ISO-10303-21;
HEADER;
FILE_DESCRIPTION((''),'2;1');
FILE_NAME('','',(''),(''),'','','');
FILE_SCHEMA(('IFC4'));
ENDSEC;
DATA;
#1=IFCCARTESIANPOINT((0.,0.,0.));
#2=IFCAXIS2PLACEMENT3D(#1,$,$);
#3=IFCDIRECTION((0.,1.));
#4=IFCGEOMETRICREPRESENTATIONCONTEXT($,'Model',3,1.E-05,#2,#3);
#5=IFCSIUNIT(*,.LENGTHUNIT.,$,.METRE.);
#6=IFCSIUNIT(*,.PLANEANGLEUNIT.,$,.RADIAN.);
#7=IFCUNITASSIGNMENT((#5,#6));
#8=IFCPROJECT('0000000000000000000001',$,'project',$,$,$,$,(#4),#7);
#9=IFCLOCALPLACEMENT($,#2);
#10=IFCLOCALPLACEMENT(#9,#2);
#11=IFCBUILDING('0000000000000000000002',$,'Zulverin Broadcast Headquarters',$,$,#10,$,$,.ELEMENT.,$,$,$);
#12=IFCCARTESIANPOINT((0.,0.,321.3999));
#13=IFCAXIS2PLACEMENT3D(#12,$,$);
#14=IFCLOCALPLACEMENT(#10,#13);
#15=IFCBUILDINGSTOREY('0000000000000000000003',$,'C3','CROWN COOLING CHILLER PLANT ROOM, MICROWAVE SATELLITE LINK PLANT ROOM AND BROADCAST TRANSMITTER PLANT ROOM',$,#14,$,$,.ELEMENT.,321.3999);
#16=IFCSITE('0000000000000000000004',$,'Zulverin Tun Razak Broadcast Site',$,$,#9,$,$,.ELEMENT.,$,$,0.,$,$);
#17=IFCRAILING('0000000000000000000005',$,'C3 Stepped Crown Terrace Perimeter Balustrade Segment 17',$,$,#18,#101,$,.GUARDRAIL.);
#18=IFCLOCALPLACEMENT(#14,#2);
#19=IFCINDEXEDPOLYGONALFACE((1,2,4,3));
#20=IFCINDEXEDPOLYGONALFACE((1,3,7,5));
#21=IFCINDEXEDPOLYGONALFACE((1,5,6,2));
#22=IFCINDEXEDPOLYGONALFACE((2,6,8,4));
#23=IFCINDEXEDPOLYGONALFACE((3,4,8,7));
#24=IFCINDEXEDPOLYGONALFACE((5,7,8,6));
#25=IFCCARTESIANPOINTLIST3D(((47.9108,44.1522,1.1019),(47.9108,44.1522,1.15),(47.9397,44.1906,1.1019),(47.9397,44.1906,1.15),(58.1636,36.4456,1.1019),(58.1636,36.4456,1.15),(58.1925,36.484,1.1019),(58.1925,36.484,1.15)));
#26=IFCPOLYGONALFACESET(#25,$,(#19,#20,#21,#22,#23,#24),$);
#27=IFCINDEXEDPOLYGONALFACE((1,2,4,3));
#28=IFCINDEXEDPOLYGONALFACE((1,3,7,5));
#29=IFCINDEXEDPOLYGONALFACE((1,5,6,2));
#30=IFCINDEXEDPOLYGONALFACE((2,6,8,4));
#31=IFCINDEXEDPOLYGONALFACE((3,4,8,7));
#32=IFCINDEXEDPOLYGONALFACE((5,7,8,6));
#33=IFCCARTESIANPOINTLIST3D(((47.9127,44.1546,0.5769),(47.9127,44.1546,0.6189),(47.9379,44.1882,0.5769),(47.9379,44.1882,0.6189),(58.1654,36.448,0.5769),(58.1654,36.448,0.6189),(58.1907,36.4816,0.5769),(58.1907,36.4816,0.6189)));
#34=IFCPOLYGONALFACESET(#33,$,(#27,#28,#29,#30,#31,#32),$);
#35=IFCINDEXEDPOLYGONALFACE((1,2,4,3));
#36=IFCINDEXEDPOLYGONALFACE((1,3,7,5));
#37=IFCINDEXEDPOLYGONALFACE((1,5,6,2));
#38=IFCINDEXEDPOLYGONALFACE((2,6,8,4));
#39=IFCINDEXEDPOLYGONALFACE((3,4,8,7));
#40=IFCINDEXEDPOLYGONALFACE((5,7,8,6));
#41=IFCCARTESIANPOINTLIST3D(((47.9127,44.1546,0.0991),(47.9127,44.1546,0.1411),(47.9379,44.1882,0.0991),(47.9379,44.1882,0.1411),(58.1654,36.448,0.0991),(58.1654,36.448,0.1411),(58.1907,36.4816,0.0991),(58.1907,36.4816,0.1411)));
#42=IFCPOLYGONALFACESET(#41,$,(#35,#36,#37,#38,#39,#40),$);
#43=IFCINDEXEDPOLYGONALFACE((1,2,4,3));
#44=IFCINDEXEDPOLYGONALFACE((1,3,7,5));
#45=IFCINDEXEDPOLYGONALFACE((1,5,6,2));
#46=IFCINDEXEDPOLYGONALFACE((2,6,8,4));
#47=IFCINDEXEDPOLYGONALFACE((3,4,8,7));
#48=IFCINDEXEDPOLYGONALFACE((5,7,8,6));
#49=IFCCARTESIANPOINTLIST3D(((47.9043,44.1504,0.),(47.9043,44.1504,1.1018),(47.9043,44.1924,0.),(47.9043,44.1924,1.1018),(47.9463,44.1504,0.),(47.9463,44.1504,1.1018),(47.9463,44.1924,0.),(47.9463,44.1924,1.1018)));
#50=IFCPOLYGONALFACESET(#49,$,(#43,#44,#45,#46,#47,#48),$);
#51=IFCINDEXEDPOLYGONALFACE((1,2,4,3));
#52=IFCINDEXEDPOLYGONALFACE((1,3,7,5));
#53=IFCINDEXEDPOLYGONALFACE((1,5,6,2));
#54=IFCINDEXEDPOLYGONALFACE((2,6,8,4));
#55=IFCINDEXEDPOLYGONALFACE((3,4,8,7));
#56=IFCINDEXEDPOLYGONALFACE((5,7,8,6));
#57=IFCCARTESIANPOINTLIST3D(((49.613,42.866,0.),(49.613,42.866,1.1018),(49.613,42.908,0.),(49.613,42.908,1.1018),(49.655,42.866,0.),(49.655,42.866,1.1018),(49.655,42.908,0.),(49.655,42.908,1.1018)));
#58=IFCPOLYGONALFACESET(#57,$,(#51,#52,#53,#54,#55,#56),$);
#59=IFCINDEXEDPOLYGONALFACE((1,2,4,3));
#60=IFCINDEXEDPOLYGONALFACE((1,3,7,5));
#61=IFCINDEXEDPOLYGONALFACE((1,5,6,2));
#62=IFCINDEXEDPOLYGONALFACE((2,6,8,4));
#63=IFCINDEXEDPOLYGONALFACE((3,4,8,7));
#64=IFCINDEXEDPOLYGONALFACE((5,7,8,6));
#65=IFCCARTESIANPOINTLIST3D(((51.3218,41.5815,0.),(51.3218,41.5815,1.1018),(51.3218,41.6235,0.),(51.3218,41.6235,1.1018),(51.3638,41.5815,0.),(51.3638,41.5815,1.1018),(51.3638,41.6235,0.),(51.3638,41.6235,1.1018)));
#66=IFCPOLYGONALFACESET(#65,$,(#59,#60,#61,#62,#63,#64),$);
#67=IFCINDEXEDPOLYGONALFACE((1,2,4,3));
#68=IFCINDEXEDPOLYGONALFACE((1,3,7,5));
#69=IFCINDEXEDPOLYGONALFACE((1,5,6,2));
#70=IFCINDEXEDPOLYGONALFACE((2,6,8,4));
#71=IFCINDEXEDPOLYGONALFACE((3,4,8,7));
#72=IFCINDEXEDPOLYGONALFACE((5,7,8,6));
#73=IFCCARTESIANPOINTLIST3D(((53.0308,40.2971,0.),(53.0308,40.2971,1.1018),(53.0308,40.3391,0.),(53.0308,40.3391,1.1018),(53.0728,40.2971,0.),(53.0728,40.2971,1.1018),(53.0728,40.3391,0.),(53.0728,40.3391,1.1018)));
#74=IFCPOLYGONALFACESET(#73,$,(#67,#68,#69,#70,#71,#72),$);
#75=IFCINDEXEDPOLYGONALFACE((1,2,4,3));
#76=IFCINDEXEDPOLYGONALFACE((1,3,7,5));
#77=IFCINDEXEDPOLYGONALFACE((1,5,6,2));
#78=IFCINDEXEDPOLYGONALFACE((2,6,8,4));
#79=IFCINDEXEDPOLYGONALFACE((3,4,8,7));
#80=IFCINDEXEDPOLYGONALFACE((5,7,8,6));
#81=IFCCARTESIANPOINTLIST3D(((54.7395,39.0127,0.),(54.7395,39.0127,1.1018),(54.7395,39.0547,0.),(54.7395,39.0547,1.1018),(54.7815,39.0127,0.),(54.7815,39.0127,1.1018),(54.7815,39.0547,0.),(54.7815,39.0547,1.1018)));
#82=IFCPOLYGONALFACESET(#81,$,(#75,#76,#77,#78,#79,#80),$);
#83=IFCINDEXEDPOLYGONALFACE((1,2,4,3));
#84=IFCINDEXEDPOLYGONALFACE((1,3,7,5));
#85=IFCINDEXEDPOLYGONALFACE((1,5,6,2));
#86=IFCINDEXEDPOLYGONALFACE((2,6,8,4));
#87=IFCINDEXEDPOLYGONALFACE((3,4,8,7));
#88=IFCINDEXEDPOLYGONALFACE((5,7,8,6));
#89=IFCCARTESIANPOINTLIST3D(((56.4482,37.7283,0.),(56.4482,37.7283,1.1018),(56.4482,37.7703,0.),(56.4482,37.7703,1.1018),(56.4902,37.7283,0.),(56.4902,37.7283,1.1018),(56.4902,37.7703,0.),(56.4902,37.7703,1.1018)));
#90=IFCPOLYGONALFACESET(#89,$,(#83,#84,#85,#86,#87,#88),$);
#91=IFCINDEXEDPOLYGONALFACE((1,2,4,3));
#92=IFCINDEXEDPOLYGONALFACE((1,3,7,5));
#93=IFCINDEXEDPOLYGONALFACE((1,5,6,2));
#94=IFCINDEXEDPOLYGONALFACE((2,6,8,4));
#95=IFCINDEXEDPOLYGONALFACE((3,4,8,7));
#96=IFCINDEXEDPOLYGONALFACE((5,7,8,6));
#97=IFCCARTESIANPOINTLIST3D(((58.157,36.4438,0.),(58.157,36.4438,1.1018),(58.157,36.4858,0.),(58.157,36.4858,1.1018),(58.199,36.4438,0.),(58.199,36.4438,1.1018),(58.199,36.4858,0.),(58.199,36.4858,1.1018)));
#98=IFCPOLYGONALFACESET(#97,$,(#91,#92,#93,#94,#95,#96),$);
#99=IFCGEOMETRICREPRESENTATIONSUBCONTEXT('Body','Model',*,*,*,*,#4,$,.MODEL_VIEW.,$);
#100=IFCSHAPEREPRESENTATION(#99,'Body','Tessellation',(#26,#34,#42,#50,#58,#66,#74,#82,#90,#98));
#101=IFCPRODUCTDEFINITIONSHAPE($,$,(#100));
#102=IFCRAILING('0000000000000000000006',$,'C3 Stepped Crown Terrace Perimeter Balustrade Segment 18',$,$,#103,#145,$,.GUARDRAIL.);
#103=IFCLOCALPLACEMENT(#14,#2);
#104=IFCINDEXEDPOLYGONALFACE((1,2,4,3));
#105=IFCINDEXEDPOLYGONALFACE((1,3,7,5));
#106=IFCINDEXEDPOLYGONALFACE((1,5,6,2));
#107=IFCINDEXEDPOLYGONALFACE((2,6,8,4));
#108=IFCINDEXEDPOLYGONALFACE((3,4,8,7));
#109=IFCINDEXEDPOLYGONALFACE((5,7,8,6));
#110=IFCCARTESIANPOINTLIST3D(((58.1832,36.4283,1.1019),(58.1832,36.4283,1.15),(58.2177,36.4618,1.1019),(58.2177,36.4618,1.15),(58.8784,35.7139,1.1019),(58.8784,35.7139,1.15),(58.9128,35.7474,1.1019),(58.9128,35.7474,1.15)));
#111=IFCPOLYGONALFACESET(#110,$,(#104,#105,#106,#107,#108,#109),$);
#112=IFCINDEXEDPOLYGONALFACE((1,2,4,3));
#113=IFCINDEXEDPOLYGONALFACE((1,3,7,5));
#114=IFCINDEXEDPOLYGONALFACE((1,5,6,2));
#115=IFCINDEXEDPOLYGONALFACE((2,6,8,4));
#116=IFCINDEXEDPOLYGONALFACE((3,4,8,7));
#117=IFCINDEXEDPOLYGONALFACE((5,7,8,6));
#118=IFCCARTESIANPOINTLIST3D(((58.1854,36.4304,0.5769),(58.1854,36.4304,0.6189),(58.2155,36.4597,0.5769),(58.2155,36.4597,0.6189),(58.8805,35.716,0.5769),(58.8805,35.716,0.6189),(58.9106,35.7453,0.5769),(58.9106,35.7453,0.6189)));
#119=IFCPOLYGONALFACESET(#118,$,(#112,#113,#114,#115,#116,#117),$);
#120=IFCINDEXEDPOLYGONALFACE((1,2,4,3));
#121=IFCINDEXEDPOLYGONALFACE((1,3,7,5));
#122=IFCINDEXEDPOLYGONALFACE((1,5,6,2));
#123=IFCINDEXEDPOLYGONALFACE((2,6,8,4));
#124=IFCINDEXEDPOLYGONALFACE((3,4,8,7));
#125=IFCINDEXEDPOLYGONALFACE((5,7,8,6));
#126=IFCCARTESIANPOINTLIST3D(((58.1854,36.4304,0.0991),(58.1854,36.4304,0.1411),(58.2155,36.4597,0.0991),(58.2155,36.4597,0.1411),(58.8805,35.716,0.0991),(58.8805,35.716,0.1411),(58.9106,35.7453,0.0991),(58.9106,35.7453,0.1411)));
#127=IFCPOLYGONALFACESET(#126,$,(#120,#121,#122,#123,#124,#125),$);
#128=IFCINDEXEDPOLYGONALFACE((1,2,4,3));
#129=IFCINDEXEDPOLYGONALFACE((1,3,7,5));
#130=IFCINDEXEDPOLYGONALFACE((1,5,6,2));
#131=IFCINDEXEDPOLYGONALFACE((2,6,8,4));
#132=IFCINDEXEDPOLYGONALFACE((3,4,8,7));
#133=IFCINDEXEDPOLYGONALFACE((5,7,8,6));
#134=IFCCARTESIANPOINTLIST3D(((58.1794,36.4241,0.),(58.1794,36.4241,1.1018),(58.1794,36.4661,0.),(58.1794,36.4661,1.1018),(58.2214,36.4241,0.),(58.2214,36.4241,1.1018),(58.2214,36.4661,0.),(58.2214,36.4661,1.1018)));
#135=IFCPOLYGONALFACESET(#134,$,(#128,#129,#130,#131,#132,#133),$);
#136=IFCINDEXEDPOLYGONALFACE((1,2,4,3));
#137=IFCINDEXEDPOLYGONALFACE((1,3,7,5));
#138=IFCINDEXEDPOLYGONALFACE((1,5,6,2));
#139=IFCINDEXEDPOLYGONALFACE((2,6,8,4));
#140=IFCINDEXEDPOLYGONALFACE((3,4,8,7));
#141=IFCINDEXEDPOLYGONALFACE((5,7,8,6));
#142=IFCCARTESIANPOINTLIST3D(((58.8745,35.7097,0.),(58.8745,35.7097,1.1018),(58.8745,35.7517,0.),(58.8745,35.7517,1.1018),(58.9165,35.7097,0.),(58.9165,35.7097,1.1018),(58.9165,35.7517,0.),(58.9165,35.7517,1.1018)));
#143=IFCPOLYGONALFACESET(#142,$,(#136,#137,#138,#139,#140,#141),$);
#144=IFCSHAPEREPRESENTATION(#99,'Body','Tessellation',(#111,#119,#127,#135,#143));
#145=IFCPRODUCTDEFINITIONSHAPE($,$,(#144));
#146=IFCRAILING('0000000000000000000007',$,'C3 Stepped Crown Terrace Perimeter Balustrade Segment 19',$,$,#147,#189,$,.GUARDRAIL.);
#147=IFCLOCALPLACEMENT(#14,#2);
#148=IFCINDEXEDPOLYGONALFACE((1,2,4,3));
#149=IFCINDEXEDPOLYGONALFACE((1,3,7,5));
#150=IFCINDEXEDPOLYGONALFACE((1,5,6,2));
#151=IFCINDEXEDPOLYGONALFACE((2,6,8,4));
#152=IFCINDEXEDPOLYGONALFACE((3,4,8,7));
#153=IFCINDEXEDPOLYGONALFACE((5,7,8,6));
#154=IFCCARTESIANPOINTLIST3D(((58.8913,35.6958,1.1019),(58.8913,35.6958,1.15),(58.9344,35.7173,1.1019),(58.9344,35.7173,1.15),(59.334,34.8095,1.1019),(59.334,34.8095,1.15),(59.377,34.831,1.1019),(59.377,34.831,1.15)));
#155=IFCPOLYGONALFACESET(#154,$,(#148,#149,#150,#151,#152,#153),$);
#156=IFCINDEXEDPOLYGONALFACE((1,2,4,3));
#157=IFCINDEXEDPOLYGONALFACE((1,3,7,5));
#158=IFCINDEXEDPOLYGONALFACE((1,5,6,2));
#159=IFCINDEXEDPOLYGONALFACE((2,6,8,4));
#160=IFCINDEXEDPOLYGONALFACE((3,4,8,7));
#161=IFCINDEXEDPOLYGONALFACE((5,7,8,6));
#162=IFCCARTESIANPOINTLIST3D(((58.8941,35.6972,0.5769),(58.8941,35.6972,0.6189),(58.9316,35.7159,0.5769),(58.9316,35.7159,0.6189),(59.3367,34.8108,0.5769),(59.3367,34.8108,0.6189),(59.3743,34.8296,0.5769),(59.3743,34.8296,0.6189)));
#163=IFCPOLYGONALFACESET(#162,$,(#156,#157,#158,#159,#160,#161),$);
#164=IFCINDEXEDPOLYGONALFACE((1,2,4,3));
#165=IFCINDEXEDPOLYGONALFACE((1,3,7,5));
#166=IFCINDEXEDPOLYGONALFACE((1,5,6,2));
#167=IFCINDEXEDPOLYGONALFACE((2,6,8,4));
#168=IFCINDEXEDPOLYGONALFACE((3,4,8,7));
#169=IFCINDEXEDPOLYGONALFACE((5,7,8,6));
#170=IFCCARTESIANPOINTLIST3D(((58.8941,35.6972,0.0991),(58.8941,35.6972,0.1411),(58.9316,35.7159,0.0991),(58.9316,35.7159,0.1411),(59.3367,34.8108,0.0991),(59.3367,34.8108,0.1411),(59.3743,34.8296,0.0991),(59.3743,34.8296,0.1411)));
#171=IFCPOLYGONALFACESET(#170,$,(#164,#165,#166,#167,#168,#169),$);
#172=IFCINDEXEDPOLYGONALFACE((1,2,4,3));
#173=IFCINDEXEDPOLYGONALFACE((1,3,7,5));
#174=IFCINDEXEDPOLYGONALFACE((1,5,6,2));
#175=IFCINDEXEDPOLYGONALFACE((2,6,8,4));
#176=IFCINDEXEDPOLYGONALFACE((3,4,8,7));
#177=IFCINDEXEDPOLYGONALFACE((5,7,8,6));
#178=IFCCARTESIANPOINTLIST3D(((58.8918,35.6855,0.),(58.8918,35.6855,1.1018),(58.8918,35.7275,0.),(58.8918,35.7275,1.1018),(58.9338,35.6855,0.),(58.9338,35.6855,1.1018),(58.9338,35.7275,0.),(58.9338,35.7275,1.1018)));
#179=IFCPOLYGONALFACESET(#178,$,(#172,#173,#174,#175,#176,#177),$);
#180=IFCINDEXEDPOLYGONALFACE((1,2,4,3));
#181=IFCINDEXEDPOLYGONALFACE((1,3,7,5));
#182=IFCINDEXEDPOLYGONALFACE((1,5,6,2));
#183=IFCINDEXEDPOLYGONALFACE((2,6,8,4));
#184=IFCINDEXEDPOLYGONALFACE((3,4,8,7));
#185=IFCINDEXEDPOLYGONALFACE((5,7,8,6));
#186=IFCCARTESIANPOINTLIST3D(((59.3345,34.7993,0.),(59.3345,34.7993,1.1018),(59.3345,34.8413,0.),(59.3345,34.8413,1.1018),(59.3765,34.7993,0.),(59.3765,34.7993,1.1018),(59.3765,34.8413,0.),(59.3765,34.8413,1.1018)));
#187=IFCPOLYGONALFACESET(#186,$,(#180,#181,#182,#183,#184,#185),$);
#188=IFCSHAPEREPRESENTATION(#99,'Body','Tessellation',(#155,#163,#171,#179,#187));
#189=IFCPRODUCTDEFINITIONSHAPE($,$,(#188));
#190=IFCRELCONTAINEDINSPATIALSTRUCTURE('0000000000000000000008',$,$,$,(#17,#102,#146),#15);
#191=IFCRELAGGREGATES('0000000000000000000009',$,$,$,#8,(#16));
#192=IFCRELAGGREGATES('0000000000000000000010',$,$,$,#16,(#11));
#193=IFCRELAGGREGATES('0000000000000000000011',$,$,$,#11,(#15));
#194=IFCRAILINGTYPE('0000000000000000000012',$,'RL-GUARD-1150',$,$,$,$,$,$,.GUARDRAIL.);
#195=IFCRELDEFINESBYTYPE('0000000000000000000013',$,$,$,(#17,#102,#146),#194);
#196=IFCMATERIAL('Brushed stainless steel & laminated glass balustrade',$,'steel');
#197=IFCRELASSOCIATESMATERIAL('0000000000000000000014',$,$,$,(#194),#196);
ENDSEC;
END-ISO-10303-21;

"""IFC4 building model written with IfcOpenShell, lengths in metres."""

from ifc_helpers import new_model, si_unit, direction, frame, origin, origin_2d, place, context, subcontext, project, spatial, rectangle, extrude, material, type_object, element, save


model = new_model("IFC4")

# Units and contexts
model_context = context("Model", 3, precision=1e-05, world=origin(), true_north=direction((0.0, 1.0)))
body_context = subcontext(model_context, "Body", "Model", "MODEL_VIEW")
ifc_project = project(units=[si_unit("LENGTHUNIT", "METRE"), si_unit("PLANEANGLEUNIT", "RADIAN")], contexts=[model_context])

# Site, building, storey
site_placement = place(None, origin())
site = spatial("IfcSite", under=ifc_project, at=site_placement, Name="Zulverin Tun Razak Broadcast Site", CompositionType="ELEMENT", RefElevation=0.0)
building_placement = place(site_placement, origin())
building = spatial("IfcBuilding", under=site, at=building_placement, Name="Zulverin Broadcast Headquarters", CompositionType="ELEMENT")
storey_placement = place(building_placement, frame((0.0, 0.0, 321.3999)))
storey = spatial("IfcBuildingStorey", under=building, at=storey_placement, Name="C3", Description="CROWN COOLING CHILLER PLANT ROOM, MICROWAVE SATELLITE LINK PLANT ROOM AND BROADCAST TRANSMITTER PLANT ROOM", CompositionType="ELEMENT", Elevation=321.3999)

# Railings
ifc_material_1 = material(Name="Brushed stainless steel & laminated glass balustrade", Category="steel")
railing_type = type_object("IfcRailingType", Name="RL-GUARD-1150", PredefinedType="GUARDRAIL", material=ifc_material_1)
railing_1_placement = place(storey_placement, frame((47.9253, 44.1714, 0.0)))
element("IfcRailing", 1, at=railing_1_placement, inside=storey, type_object=railing_type, Name="C3 Stepped Crown Terrace Perimeter Balustrade Segment 17", PredefinedType="GUARDRAIL", context=body_context, shape_type="SweptSolid", body=[
    extrude(rectangle(XDim=0.0481, YDim=0.0481, at=origin_2d()), frame((0.0, 0.0, 1.126), z_axis=(0.799362, -0.600849, 0.0), x_axis=(0.600849, 0.799362, 0.0)), (0.0, 0.0, 1.0), 12.8262),
    extrude(rectangle(XDim=0.042, YDim=0.042, at=origin_2d()), frame((0.0, 0.0, 0.5979), z_axis=(0.799362, -0.600849, 0.0), x_axis=(0.600849, 0.799362, 0.0)), (0.0, 0.0, 1.0), 12.8262),
    extrude(rectangle(XDim=0.042, YDim=0.042, at=origin_2d()), frame((0.0, 0.0, 0.1201), z_axis=(0.799362, -0.600849, 0.0), x_axis=(0.600849, 0.799362, 0.0)), (0.0, 0.0, 1.0), 12.8262),
    extrude(rectangle(XDim=0.042, YDim=0.042, at=origin_2d()), origin(), (0.0, 0.0, 1.0), 1.1018),
    extrude(rectangle(XDim=0.042, YDim=0.042, at=origin_2d()), frame((1.7087, -1.2844, 0.0)), (0.0, 0.0, 1.0), 1.1018),
    extrude(rectangle(XDim=0.042, YDim=0.042, at=origin_2d()), frame((3.4175, -2.5688, 0.0)), (0.0, 0.0, 1.0), 1.1018),
    extrude(rectangle(XDim=0.042, YDim=0.042, at=origin_2d()), frame((5.1265, -3.8533, 0.0)), (0.0, 0.0, 1.0), 1.1018),
    extrude(rectangle(XDim=0.042, YDim=0.042, at=origin_2d()), frame((6.8352, -5.1377, 0.0)), (0.0, 0.0, 1.0), 1.1018),
    extrude(rectangle(XDim=0.042, YDim=0.042, at=origin_2d()), frame((8.5439, -6.4221, 0.0)), (0.0, 0.0, 1.0), 1.1018),
    extrude(rectangle(XDim=0.042, YDim=0.042, at=origin_2d()), frame((10.2527, -7.7065, 0.0)), (0.0, 0.0, 1.0), 1.1018),
])
railing_2_placement = place(storey_placement, frame((58.2004, 36.4451, 0.0)))
element("IfcRailing", 2, at=railing_2_placement, inside=storey, type_object=railing_type, Name="C3 Stepped Crown Terrace Perimeter Balustrade Segment 18", PredefinedType="GUARDRAIL", context=body_context, shape_type="SweptSolid", body=[
    extrude(rectangle(XDim=0.0481, YDim=0.0481, at=origin_2d()), frame((0.0, 0.0, 1.126), z_axis=(0.697365, -0.716716, 0.0), x_axis=(0.716716, 0.697365, 0.0)), (0.0, 0.0, 1.0), 0.9968),
    extrude(rectangle(XDim=0.042, YDim=0.042, at=origin_2d()), frame((0.0, 0.0, 0.5979), z_axis=(0.697365, -0.716716, 0.0), x_axis=(0.716716, 0.697365, 0.0)), (0.0, 0.0, 1.0), 0.9968),
    extrude(rectangle(XDim=0.042, YDim=0.042, at=origin_2d()), frame((0.0, 0.0, 0.1201), z_axis=(0.697365, -0.716716, 0.0), x_axis=(0.716716, 0.697365, 0.0)), (0.0, 0.0, 1.0), 0.9968),
    extrude(rectangle(XDim=0.042, YDim=0.042, at=origin_2d()), origin(), (0.0, 0.0, 1.0), 1.1018),
    extrude(rectangle(XDim=0.042, YDim=0.042, at=origin_2d()), frame((0.6951, -0.7144, 0.0)), (0.0, 0.0, 1.0), 1.1018),
])
railing_3_placement = place(storey_placement, frame((58.9128, 35.7065, 0.0)))
element("IfcRailing", 3, at=railing_3_placement, inside=storey, type_object=railing_type, Name="C3 Stepped Crown Terrace Perimeter Balustrade Segment 19", PredefinedType="GUARDRAIL", context=body_context, shape_type="SweptSolid", body=[
    extrude(rectangle(XDim=0.0481, YDim=0.0481, at=origin_2d()), frame((0.0, 0.0, 1.126), z_axis=(0.446819, -0.894624, 0.0), x_axis=(0.894624, 0.446819, 0.0)), (0.0, 0.0, 1.0), 0.9907),
    extrude(rectangle(XDim=0.042, YDim=0.042, at=origin_2d()), frame((0.0, 0.0, 0.5979), z_axis=(0.446819, -0.894624, 0.0), x_axis=(0.894624, 0.446819, 0.0)), (0.0, 0.0, 1.0), 0.9907),
    extrude(rectangle(XDim=0.042, YDim=0.042, at=origin_2d()), frame((0.0, 0.0, 0.1201), z_axis=(0.446819, -0.894624, 0.0), x_axis=(0.894624, 0.446819, 0.0)), (0.0, 0.0, 1.0), 0.9907),
    extrude(rectangle(XDim=0.042, YDim=0.042, at=origin_2d()), origin(), (0.0, 0.0, 1.0), 1.1018),
    extrude(rectangle(XDim=0.042, YDim=0.042, at=origin_2d()), frame((0.4426, -0.8862, 0.0)), (0.0, 0.0, 1.0), 1.1018),
])

save(model, "model.ifc")
